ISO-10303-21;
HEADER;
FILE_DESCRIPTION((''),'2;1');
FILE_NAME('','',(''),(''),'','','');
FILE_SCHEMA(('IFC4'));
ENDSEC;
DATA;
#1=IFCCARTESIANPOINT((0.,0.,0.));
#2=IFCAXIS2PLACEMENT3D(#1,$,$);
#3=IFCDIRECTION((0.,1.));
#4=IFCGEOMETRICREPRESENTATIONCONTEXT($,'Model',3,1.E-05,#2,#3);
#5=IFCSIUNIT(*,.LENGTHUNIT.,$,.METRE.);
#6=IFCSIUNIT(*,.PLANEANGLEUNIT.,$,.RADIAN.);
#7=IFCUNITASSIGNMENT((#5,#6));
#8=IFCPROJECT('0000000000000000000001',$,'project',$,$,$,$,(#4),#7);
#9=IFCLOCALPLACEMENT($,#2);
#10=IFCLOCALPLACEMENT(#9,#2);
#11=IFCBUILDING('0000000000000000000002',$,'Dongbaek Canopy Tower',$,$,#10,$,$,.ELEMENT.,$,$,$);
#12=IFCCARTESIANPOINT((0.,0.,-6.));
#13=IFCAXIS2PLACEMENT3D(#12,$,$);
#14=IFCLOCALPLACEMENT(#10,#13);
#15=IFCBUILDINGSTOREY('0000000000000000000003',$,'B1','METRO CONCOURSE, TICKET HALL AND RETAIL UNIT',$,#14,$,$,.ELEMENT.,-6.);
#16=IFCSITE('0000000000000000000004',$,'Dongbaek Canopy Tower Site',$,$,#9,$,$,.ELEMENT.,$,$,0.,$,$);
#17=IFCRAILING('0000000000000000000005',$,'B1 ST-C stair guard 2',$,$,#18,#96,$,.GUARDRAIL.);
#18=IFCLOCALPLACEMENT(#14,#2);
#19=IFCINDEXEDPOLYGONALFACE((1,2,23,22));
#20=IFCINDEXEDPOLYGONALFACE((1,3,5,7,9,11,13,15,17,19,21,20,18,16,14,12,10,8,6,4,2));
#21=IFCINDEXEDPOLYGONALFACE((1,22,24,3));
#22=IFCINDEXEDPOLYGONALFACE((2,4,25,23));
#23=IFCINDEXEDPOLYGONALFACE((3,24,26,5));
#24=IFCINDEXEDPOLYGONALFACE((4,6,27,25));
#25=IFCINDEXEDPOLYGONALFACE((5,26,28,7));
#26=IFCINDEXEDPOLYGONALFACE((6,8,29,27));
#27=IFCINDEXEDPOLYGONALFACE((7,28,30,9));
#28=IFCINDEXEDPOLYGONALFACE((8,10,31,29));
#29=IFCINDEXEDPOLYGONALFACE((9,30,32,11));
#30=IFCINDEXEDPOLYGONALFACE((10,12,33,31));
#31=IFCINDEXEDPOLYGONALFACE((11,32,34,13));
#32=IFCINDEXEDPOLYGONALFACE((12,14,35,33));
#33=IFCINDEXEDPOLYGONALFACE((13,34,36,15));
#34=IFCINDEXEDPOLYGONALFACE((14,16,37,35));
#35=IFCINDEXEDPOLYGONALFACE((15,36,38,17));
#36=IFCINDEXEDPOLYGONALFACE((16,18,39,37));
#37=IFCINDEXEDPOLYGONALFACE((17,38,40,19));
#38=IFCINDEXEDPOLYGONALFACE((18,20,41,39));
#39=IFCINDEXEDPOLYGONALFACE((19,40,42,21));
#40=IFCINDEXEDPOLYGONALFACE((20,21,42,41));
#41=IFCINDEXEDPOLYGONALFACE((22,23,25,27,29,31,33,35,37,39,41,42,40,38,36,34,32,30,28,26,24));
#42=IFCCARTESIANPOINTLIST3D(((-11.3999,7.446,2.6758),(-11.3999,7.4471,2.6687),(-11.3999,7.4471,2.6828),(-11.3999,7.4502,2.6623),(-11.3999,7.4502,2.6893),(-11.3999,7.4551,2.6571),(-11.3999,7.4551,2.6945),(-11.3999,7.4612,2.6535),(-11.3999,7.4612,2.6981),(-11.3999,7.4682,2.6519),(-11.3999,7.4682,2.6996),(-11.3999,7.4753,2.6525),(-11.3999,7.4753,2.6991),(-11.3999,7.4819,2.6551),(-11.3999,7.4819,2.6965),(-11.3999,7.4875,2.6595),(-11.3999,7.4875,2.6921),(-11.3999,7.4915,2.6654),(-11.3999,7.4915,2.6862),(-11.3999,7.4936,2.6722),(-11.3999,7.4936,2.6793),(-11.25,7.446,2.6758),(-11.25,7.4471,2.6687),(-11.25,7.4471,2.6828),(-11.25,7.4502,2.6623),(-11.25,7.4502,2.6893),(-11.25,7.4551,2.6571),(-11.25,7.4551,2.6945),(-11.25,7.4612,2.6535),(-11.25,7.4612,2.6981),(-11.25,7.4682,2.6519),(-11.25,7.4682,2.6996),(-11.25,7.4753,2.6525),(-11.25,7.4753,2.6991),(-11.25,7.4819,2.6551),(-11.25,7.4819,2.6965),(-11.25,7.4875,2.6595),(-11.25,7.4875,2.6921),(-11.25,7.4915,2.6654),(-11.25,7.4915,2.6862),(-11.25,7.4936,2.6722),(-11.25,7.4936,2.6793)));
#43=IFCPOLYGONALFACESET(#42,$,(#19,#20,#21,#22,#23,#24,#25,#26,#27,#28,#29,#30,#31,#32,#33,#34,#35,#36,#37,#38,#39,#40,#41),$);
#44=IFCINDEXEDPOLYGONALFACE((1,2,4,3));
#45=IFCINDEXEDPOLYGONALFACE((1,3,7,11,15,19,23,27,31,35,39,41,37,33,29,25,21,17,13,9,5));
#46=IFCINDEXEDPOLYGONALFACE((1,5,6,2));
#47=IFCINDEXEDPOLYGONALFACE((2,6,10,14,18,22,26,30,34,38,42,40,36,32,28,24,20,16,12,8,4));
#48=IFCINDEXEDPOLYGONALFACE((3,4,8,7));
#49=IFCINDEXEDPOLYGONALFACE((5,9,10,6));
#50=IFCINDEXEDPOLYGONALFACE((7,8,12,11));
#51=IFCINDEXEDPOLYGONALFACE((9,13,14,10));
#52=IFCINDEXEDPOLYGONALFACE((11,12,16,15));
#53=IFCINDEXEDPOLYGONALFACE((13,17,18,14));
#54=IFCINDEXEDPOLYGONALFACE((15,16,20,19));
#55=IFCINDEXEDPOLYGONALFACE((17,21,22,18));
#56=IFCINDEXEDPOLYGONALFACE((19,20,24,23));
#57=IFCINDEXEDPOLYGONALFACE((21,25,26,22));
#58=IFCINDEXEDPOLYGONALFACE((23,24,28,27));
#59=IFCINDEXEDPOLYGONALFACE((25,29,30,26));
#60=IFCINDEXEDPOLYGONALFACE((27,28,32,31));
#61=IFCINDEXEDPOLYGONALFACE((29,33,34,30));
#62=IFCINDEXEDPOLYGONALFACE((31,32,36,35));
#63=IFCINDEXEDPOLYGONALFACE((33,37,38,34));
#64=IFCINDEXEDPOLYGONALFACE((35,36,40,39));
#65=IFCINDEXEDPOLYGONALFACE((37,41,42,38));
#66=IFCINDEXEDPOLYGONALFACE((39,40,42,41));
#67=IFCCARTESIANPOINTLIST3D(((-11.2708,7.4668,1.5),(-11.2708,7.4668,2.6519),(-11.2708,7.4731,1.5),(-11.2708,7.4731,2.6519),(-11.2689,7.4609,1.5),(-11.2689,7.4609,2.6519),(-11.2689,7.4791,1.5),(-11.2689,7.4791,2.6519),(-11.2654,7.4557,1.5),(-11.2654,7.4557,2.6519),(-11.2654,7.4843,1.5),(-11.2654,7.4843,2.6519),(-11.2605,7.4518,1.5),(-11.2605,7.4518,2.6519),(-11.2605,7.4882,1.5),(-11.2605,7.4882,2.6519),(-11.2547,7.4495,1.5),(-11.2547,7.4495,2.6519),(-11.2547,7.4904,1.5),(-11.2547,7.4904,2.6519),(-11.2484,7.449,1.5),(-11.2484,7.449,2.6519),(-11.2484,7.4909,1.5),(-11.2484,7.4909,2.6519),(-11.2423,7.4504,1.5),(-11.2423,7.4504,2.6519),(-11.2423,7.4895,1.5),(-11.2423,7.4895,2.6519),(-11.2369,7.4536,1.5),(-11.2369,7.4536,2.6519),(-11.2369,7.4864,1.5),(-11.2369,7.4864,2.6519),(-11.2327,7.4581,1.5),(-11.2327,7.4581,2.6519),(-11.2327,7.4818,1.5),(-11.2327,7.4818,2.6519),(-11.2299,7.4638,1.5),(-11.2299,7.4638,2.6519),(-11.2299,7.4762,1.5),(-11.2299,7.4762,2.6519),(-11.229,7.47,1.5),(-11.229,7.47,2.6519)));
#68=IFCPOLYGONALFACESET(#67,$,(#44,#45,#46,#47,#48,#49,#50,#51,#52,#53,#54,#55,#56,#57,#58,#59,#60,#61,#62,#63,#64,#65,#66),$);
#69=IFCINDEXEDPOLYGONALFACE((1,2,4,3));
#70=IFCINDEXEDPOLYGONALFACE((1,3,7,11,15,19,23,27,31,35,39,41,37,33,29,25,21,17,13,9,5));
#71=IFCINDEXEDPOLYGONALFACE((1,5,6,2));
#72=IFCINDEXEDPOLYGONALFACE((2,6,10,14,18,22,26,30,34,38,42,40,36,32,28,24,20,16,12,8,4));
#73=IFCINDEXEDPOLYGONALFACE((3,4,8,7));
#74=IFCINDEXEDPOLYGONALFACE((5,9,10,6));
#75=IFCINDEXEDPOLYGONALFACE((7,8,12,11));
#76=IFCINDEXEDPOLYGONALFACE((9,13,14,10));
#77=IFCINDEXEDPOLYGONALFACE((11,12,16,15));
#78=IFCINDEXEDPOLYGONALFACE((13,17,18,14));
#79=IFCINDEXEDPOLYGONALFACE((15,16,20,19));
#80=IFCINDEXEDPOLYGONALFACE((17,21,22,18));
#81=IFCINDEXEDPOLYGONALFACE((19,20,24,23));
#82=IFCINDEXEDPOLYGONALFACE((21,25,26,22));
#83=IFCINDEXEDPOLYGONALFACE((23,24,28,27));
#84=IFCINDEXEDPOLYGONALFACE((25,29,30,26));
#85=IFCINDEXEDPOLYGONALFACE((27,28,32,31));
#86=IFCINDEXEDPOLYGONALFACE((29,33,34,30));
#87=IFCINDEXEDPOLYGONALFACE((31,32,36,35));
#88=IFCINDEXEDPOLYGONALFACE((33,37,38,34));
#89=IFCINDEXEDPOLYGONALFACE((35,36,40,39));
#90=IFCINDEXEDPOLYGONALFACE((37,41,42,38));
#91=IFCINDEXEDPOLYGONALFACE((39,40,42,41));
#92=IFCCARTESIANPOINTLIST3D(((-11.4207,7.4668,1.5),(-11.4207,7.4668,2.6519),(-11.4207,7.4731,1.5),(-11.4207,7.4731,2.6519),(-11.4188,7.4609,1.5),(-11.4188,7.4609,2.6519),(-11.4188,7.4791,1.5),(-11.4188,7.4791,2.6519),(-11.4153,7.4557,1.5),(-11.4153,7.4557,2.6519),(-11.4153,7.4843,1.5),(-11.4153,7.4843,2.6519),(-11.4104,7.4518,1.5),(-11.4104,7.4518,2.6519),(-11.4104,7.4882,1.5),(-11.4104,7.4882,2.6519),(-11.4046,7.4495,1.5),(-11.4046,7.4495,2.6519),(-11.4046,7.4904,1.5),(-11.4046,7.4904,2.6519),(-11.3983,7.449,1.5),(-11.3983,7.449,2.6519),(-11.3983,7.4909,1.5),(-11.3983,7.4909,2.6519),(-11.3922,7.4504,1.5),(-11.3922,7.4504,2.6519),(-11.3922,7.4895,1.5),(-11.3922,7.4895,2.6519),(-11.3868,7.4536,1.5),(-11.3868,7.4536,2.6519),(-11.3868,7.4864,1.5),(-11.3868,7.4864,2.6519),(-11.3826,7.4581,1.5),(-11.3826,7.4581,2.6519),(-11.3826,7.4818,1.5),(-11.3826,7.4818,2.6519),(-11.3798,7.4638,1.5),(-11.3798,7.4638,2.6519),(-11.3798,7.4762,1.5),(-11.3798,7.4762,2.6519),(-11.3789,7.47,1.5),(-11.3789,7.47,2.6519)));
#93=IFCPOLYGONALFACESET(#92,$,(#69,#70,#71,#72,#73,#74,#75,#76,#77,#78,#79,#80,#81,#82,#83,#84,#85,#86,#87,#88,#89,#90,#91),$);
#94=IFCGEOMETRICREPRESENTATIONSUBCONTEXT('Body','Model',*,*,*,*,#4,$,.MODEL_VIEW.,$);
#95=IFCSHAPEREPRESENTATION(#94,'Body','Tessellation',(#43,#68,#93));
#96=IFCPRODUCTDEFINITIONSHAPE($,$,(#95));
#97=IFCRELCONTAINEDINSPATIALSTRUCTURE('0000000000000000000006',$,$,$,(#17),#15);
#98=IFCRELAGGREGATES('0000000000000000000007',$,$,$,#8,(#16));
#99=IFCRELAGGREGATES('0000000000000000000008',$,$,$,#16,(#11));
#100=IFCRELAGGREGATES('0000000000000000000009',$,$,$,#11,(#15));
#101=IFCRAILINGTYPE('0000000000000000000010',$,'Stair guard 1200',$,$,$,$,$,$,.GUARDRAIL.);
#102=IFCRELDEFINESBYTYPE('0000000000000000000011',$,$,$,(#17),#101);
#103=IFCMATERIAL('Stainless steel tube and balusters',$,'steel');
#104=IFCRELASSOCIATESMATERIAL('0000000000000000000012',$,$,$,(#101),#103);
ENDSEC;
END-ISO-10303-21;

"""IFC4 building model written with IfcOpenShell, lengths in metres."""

from ifc_helpers import new_model, si_unit, direction, frame, origin, origin_2d, place, context, subcontext, project, spatial, circle, extrude, material, type_object, element, save


model = new_model("IFC4")

# Units and contexts
model_context = context("Model", 3, precision=1e-05, world=origin(), true_north=direction((0.0, 1.0)))
body_context = subcontext(model_context, "Body", "Model", "MODEL_VIEW")
ifc_project = project(units=[si_unit("LENGTHUNIT", "METRE"), si_unit("PLANEANGLEUNIT", "RADIAN")], contexts=[model_context])

# Site, building, storey
site_placement = place(None, origin())
site = spatial("IfcSite", under=ifc_project, at=site_placement, Name="Dongbaek Canopy Tower Site", CompositionType="ELEMENT", RefElevation=0.0)
building_placement = place(site_placement, origin())
building = spatial("IfcBuilding", under=site, at=building_placement, Name="Dongbaek Canopy Tower", CompositionType="ELEMENT")
storey_placement = place(building_placement, frame((0.0, 0.0, -6.0)))
storey = spatial("IfcBuildingStorey", under=building, at=storey_placement, Name="B1", Description="METRO CONCOURSE, TICKET HALL AND RETAIL UNIT", CompositionType="ELEMENT", Elevation=-6.0)

# Railing
ifc_material_1 = material(Name="Stainless steel tube and balusters", Category="steel")
railing_type = type_object("IfcRailingType", Name="Stair guard 1200", PredefinedType="GUARDRAIL", material=ifc_material_1)
railing_1_placement = place(storey_placement, frame((-11.25, 7.47, 1.5)))
element("IfcRailing", 1, at=railing_1_placement, inside=storey, type_object=railing_type, Name="B1 ST-C stair guard 2", PredefinedType="GUARDRAIL", context=body_context, shape_type="SweptSolid", body=[
    extrude(circle(Radius=0.0239, at=origin_2d()), frame((0.0, 0.0, 1.1758), z_axis=(-1.0, 0.0, 0.0), x_axis=(0.0, -1.0, 0.0)), (0.0, 0.0, 1.0), 0.1499),
    extrude(circle(Radius=0.021, at=origin_2d()), origin(), (0.0, 0.0, 1.0), 1.1519),
    extrude(circle(Radius=0.021, at=origin_2d()), frame((-0.1499, 0.0, 0.0)), (0.0, 0.0, 1.0), 1.1519),
])

save(model, "model.ifc")
